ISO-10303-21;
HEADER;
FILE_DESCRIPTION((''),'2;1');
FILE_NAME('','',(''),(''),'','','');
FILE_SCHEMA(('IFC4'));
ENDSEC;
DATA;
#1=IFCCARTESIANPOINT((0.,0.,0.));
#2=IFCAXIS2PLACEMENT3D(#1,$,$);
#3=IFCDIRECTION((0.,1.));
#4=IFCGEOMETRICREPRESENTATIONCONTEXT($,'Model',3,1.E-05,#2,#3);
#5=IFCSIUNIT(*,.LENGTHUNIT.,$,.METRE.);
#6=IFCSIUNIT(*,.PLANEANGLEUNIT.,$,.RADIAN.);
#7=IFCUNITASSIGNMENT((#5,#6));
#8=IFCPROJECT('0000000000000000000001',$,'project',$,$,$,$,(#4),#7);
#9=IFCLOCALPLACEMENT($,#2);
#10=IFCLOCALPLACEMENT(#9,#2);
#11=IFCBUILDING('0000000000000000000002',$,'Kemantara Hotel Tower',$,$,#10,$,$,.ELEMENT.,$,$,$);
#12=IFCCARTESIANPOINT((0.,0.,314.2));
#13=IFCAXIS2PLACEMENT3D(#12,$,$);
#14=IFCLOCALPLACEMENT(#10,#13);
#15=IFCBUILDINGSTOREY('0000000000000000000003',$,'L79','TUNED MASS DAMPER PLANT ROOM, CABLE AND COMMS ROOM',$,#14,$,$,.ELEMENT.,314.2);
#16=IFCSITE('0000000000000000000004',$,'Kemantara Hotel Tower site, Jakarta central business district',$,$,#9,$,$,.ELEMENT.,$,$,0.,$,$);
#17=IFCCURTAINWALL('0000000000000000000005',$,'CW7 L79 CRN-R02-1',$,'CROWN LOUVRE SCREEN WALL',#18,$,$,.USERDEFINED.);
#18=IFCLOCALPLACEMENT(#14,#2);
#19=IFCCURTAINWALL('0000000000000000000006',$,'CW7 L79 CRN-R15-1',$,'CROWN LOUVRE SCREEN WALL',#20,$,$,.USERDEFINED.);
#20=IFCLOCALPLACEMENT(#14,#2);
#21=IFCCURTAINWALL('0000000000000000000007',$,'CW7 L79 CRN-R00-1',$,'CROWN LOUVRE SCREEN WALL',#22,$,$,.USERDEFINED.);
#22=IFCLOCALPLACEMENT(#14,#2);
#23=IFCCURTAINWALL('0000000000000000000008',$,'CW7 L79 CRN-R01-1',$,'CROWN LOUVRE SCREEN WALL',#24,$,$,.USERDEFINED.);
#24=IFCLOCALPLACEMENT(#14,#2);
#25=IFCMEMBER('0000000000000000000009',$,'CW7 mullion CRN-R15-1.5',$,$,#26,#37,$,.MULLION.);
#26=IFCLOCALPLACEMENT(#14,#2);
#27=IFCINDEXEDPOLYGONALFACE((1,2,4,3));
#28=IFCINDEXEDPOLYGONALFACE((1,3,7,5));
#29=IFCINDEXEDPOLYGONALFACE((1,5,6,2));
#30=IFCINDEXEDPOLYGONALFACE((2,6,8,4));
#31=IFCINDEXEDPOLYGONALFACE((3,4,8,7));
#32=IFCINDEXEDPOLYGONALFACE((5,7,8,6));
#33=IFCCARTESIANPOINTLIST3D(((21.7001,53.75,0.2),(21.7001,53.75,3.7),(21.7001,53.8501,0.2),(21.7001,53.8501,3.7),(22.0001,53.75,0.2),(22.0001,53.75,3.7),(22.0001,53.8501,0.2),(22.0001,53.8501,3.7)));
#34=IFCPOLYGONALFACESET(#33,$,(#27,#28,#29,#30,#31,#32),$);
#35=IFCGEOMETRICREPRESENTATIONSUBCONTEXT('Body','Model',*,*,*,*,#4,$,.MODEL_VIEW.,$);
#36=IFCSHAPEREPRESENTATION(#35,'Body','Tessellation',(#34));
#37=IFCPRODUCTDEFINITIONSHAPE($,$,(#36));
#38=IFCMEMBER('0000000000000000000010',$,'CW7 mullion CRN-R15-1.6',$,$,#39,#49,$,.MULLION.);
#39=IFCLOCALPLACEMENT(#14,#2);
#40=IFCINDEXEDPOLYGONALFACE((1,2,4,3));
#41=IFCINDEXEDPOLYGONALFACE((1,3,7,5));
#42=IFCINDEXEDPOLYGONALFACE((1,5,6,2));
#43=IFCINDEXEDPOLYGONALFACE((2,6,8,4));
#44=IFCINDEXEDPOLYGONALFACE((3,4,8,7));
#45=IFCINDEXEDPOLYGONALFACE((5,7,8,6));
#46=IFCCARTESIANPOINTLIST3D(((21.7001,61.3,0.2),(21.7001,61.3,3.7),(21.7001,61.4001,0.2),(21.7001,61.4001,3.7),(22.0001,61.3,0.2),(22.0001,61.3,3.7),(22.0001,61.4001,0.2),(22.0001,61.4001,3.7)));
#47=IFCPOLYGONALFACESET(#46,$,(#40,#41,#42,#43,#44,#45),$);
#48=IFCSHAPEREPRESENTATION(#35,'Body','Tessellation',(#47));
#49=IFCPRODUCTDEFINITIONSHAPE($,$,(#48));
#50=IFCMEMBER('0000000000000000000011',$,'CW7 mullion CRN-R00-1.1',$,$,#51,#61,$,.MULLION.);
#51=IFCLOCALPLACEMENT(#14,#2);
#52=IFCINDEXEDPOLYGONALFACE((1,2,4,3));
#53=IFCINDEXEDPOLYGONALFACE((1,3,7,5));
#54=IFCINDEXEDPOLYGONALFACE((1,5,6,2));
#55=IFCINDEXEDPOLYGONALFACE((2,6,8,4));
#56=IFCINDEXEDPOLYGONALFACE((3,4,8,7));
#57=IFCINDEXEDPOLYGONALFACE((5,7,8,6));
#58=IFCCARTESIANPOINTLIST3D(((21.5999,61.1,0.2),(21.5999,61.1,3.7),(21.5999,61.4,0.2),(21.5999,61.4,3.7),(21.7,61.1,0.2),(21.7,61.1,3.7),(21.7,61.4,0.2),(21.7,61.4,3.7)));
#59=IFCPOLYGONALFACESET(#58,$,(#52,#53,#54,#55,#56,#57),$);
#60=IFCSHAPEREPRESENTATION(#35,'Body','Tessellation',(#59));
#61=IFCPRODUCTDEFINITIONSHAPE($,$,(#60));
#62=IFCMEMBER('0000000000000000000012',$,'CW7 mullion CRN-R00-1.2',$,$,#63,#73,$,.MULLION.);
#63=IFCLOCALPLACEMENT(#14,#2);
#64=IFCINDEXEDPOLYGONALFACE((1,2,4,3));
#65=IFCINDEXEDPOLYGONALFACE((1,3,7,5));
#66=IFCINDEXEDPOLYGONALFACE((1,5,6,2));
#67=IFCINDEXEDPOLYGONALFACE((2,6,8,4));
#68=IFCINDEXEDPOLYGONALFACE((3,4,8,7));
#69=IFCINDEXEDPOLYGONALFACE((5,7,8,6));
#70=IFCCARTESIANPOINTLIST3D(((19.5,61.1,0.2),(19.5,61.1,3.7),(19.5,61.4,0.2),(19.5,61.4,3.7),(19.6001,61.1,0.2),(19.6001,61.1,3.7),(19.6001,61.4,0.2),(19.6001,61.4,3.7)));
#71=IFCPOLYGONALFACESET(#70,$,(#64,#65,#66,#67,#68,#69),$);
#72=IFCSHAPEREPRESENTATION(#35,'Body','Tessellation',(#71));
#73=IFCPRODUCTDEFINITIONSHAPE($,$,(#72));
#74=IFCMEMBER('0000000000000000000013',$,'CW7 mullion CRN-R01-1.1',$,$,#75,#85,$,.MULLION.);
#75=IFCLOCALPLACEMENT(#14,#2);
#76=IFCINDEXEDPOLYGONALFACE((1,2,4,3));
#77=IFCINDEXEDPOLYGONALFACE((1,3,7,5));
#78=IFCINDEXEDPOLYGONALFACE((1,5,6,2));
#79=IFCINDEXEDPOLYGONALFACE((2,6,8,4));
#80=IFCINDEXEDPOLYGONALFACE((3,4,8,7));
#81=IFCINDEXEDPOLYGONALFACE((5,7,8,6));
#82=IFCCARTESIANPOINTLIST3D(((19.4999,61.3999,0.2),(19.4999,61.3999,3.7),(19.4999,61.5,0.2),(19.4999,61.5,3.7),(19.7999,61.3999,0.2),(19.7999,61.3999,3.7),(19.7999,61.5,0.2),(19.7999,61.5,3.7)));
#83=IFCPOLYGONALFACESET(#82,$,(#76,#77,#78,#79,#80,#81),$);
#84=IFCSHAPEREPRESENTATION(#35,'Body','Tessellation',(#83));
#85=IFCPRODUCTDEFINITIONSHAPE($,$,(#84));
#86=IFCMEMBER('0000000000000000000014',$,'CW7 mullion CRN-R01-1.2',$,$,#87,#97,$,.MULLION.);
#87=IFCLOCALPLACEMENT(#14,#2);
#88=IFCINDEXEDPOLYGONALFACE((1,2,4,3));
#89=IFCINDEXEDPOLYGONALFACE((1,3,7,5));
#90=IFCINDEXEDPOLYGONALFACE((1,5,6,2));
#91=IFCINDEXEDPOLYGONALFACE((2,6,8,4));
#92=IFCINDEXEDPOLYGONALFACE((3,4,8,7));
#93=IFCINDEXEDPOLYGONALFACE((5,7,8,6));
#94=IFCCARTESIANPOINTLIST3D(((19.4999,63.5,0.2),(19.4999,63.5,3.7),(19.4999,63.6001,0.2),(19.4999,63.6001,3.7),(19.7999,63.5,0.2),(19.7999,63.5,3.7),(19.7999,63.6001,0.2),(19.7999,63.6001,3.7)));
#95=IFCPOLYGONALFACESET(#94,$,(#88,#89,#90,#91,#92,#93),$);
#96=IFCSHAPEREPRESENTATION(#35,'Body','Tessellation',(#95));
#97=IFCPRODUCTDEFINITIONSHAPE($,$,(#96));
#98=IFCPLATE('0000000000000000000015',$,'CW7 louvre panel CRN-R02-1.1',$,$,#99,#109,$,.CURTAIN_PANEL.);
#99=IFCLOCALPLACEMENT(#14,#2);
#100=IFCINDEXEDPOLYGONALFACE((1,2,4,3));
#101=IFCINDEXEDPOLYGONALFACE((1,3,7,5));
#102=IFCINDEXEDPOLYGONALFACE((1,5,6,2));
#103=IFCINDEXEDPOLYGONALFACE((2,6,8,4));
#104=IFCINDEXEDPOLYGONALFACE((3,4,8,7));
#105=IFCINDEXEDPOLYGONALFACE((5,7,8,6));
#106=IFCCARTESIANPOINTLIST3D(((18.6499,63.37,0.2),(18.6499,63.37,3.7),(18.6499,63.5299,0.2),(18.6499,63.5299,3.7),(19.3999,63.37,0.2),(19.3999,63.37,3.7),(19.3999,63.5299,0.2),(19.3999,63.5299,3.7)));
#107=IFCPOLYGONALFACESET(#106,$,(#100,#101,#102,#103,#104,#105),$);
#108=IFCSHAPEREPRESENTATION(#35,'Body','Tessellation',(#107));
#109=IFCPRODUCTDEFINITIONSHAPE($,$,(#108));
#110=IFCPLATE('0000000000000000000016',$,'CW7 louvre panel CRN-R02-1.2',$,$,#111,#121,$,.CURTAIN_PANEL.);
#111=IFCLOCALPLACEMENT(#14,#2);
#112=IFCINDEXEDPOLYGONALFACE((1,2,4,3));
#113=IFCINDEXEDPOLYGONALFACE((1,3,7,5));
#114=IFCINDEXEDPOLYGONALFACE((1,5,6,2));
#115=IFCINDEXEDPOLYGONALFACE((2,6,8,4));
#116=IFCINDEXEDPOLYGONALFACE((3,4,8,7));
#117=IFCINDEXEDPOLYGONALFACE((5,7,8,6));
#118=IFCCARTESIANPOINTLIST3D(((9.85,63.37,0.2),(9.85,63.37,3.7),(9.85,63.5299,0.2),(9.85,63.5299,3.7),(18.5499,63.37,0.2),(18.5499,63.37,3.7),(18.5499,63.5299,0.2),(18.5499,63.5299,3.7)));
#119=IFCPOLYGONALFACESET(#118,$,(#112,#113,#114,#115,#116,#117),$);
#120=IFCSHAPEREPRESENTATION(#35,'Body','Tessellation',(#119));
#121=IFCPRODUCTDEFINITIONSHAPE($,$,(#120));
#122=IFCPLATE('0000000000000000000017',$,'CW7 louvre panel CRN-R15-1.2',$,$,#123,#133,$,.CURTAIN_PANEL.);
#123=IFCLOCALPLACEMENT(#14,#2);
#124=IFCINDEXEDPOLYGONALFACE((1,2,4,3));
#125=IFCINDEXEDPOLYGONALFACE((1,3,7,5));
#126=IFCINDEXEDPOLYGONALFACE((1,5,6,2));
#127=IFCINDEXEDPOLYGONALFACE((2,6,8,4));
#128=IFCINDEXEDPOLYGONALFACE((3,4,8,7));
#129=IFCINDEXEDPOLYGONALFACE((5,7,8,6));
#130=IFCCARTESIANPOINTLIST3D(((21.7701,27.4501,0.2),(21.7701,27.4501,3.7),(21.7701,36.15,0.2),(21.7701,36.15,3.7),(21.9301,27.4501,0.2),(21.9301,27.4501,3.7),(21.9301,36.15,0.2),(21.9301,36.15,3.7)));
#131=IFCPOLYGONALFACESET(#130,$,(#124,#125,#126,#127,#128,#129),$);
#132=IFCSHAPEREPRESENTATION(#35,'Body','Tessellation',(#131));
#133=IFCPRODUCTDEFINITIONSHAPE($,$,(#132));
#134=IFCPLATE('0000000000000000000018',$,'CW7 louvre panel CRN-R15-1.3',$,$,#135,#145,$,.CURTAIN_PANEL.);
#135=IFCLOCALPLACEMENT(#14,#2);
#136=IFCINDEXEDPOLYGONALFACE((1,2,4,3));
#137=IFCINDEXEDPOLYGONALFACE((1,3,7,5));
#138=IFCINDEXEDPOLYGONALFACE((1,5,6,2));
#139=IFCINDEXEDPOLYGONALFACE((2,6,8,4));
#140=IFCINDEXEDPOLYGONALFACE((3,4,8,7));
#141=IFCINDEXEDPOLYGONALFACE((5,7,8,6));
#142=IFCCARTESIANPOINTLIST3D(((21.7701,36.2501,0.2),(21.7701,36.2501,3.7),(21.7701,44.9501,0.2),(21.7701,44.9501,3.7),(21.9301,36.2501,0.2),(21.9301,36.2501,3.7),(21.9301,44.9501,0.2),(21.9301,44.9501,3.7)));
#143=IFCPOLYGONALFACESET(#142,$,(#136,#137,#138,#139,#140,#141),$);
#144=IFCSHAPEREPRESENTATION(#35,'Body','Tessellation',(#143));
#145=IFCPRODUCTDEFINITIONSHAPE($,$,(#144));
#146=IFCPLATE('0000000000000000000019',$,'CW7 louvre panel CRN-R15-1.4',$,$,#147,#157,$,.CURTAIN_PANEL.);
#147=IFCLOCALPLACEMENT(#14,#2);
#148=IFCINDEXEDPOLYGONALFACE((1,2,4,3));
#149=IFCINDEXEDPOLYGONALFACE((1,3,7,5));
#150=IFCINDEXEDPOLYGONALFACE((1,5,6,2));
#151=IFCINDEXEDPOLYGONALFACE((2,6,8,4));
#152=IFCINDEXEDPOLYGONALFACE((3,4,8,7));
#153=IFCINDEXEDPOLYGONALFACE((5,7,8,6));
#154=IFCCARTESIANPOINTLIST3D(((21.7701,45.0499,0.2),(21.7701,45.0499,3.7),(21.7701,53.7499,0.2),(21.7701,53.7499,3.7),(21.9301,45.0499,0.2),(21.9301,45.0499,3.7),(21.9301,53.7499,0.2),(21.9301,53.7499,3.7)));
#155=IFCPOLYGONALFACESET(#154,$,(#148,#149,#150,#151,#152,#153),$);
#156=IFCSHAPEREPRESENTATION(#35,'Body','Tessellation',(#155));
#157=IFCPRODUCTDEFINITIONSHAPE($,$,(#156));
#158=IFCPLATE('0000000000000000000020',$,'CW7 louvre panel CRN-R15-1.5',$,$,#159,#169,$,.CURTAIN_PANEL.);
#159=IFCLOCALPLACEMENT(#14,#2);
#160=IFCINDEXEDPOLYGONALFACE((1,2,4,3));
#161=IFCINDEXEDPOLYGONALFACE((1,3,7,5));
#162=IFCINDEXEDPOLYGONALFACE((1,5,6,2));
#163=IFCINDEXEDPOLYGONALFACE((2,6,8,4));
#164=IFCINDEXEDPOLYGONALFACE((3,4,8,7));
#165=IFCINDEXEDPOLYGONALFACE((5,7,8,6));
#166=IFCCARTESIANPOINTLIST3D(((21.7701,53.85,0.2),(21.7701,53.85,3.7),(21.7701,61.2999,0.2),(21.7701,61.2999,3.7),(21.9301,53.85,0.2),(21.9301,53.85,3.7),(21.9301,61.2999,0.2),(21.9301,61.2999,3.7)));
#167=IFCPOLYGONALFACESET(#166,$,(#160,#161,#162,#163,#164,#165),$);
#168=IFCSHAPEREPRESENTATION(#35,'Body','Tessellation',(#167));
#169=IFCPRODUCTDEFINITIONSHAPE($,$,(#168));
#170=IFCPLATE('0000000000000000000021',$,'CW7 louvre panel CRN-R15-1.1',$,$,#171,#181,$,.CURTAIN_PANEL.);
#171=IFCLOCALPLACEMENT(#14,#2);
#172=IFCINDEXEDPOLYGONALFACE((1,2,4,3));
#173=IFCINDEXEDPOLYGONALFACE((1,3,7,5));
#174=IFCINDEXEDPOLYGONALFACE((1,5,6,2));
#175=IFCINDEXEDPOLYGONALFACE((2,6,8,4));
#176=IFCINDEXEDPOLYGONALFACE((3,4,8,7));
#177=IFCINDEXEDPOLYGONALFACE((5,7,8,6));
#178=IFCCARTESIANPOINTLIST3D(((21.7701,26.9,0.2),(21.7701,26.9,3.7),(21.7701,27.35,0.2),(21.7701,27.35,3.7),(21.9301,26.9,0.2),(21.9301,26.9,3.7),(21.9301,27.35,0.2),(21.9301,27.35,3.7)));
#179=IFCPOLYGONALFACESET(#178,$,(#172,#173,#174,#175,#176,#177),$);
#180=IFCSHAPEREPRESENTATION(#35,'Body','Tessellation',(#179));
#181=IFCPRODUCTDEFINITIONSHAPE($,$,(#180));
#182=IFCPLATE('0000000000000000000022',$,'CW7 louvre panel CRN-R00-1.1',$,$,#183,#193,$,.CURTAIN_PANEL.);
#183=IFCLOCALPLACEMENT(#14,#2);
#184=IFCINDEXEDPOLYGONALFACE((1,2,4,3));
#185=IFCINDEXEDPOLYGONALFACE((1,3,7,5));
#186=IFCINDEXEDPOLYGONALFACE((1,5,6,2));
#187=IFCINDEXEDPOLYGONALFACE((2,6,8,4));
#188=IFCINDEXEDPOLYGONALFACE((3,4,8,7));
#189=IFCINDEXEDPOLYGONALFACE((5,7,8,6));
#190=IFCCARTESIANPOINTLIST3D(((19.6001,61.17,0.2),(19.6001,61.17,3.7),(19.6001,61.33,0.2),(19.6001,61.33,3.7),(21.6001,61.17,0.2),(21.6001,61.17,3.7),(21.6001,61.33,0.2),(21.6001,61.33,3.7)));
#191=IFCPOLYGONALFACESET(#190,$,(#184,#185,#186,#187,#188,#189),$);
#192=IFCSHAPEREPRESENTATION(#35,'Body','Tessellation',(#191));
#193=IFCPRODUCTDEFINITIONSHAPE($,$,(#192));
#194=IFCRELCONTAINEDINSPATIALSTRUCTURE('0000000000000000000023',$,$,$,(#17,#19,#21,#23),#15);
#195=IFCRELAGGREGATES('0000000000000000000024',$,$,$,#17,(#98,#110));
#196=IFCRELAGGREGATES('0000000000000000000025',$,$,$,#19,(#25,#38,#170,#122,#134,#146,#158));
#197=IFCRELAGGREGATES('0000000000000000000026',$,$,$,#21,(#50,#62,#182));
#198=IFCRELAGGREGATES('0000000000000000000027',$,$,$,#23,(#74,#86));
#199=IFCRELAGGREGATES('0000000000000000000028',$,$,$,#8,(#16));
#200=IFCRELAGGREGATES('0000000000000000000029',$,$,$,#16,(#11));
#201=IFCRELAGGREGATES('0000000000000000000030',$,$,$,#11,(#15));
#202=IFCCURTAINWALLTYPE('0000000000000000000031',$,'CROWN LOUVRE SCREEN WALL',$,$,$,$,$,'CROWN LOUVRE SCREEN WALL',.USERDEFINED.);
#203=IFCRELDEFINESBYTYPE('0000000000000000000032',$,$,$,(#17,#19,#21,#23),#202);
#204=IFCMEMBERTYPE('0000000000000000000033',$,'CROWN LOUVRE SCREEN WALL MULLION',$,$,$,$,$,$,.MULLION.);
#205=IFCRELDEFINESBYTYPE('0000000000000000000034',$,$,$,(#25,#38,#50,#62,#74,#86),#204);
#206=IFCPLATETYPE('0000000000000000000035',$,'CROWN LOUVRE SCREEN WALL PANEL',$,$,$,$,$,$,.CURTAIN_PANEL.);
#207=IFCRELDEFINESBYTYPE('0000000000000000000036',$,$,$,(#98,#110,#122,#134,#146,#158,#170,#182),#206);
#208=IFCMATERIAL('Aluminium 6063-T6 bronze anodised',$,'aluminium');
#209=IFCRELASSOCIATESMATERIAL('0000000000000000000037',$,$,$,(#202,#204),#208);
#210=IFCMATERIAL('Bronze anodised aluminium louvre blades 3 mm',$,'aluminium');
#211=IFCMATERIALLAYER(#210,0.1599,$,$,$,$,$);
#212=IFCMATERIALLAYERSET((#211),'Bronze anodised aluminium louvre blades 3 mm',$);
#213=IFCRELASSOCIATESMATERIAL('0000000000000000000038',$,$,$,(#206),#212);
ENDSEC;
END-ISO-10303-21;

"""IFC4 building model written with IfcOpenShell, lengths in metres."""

from ifc_helpers import new_model, si_unit, direction, frame, origin, origin_2d, place, context, subcontext, project, spatial, rectangle, extrude, source, transform, mapped, material, layer, layer_set, material_profile, profile_set, type_object, element, aggregate, save


model = new_model("IFC4")

# Units and contexts
model_context = context("Model", 3, precision=1e-05, world=origin(), true_north=direction((0.0, 1.0)))
body_context = subcontext(model_context, "Body", "Model", "MODEL_VIEW")
ifc_project = project(units=[si_unit("LENGTHUNIT", "METRE"), si_unit("PLANEANGLEUNIT", "RADIAN")], contexts=[model_context])

# Site, building, storey
site_placement = place(None, origin())
site = spatial("IfcSite", under=ifc_project, at=site_placement, Name="Kemantara Hotel Tower site, Jakarta central business district", CompositionType="ELEMENT", RefElevation=0.0)
building_placement = place(site_placement, origin())
building = spatial("IfcBuilding", under=site, at=building_placement, Name="Kemantara Hotel Tower", CompositionType="ELEMENT")
storey_placement = place(building_placement, frame((0.0, 0.0, 314.2)))
storey = spatial("IfcBuildingStorey", under=building, at=storey_placement, Name="L79", Description="TUNED MASS DAMPER PLANT ROOM, CABLE AND COMMS ROOM", CompositionType="ELEMENT", Elevation=314.2)

# Curtain walls
ifc_material_1 = material(Name="Aluminium 6063-T6 bronze anodised", Category="aluminium")
curtain_wall_type = type_object("IfcCurtainWallType", Name="CROWN LOUVRE SCREEN WALL", ElementType="CROWN LOUVRE SCREEN WALL", PredefinedType="USERDEFINED", material=ifc_material_1)
curtain_wall_1_placement = place(storey_placement, origin())
curtain_wall_1 = element("IfcCurtainWall", 1, at=curtain_wall_1_placement, inside=storey, type_object=curtain_wall_type, Name="CW7 L79 CRN-R02-1", ObjectType="CROWN LOUVRE SCREEN WALL", PredefinedType="USERDEFINED")
curtain_wall_2_placement = place(storey_placement, origin())
curtain_wall_2 = element("IfcCurtainWall", 2, at=curtain_wall_2_placement, inside=storey, type_object=curtain_wall_type, Name="CW7 L79 CRN-R15-1", ObjectType="CROWN LOUVRE SCREEN WALL", PredefinedType="USERDEFINED")
curtain_wall_3_placement = place(storey_placement, origin())
curtain_wall_3 = element("IfcCurtainWall", 3, at=curtain_wall_3_placement, inside=storey, type_object=curtain_wall_type, Name="CW7 L79 CRN-R00-1", ObjectType="CROWN LOUVRE SCREEN WALL", PredefinedType="USERDEFINED")
curtain_wall_4_placement = place(storey_placement, origin())
curtain_wall_4 = element("IfcCurtainWall", 4, at=curtain_wall_4_placement, inside=storey, type_object=curtain_wall_type, Name="CW7 L79 CRN-R01-1", ObjectType="CROWN LOUVRE SCREEN WALL", PredefinedType="USERDEFINED")

# Members
ifc_material_profile_1 = material_profile(ifc_material_1, rectangle(XDim=0.3, YDim=0.1001, at=origin_2d()), Name="CROWN LOUVRE SCREEN WALL MULLION")
ifc_profile_set_1 = profile_set([ifc_material_profile_1], Name="Aluminium 6063-T6 bronze anodised")
member_type_1 = type_object("IfcMemberType", Name="CROWN LOUVRE SCREEN WALL MULLION", PredefinedType="MULLION", material=ifc_profile_set_1)
shared_shape_1 = source(origin(), body_context, "Body", "SweptSolid", [
    extrude(rectangle(XDim=0.3, YDim=0.1001, at=origin_2d()), origin(), (0.0, 0.0, 1.0), 3.5),
])
member_1_placement = place(storey_placement, frame((21.8501, 53.8, 0.2), z_axis=(0.0, 0.0, 1.0), x_axis=(-1.0, 0.0, 0.0)))
member_1 = element("IfcMember", 5, at=member_1_placement, type_object=member_type_1, Name="CW7 mullion CRN-R15-1.5", PredefinedType="MULLION", context=body_context, shape_type="MappedRepresentation", body=[
    mapped(shared_shape_1, transform((0.0, 0.0, 0.0))),
])
member_2_placement = place(storey_placement, frame((21.8501, 61.3501, 0.2), z_axis=(0.0, 0.0, 1.0), x_axis=(-1.0, 0.0, 0.0)))
member_2 = element("IfcMember", 6, at=member_2_placement, type_object=member_type_1, Name="CW7 mullion CRN-R15-1.6", PredefinedType="MULLION", context=body_context, shape_type="MappedRepresentation", body=[
    mapped(shared_shape_1, transform((0.0, 0.0, 0.0))),
])
member_3_placement = place(storey_placement, frame((21.6499, 61.25, 0.2), z_axis=(0.0, 0.0, 1.0), x_axis=(0.0, -1.0, 0.0)))
member_3 = element("IfcMember", 7, at=member_3_placement, type_object=member_type_1, Name="CW7 mullion CRN-R00-1.1", PredefinedType="MULLION", context=body_context, shape_type="MappedRepresentation", body=[
    mapped(shared_shape_1, transform((0.0, 0.0, 0.0))),
])
member_4_placement = place(storey_placement, frame((19.55, 61.25, 0.2), z_axis=(0.0, 0.0, 1.0), x_axis=(0.0, -1.0, 0.0)))
member_4 = element("IfcMember", 8, at=member_4_placement, type_object=member_type_1, Name="CW7 mullion CRN-R00-1.2", PredefinedType="MULLION", context=body_context, shape_type="MappedRepresentation", body=[
    mapped(shared_shape_1, transform((0.0, 0.0, 0.0))),
])
member_5_placement = place(storey_placement, frame((19.6499, 61.45, 0.2), z_axis=(0.0, 0.0, 1.0), x_axis=(-1.0, 0.0, 0.0)))
member_5 = element("IfcMember", 9, at=member_5_placement, type_object=member_type_1, Name="CW7 mullion CRN-R01-1.1", PredefinedType="MULLION", context=body_context, shape_type="MappedRepresentation", body=[
    mapped(shared_shape_1, transform((0.0, 0.0, 0.0))),
])
member_6_placement = place(storey_placement, frame((19.6499, 63.55, 0.2), z_axis=(0.0, 0.0, 1.0), x_axis=(-1.0, 0.0, 0.0)))
member_6 = element("IfcMember", 10, at=member_6_placement, type_object=member_type_1, Name="CW7 mullion CRN-R01-1.2", PredefinedType="MULLION", context=body_context, shape_type="MappedRepresentation", body=[
    mapped(shared_shape_1, transform((0.0, 0.0, 0.0))),
])

# Plates
ifc_material_2 = material(Name="Bronze anodised aluminium louvre blades 3 mm", Category="aluminium")
ifc_layer = layer(ifc_material_2, 0.1599)
ifc_layer_set = layer_set([ifc_layer], Name="Bronze anodised aluminium louvre blades 3 mm")
plate_type = type_object("IfcPlateType", Name="CROWN LOUVRE SCREEN WALL PANEL", PredefinedType="CURTAIN_PANEL", material=ifc_layer_set)
shared_shape_2 = source(origin(), body_context, "Body", "SweptSolid", [
    extrude(rectangle(XDim=0.75, YDim=0.1599, at=origin_2d()), origin(), (0.0, 0.0, 1.0), 3.5),
])
plate_1_placement = place(storey_placement, frame((19.0249, 63.45, 0.2), z_axis=(0.0, 0.0, 1.0), x_axis=(-1.0, 0.0, 0.0)))
plate_1 = element("IfcPlate", 11, at=plate_1_placement, type_object=plate_type, Name="CW7 louvre panel CRN-R02-1.1", PredefinedType="CURTAIN_PANEL", context=body_context, shape_type="MappedRepresentation", body=[
    mapped(shared_shape_2, transform((0.0, 0.0, 0.0))),
])
shared_shape_3 = source(origin(), body_context, "Body", "SweptSolid", [
    extrude(rectangle(XDim=8.7, YDim=0.1599, at=origin_2d()), origin(), (0.0, 0.0, 1.0), 3.5),
])
plate_2_placement = place(storey_placement, frame((14.2, 63.45, 0.2), z_axis=(0.0, 0.0, 1.0), x_axis=(-1.0, 0.0, 0.0)))
plate_2 = element("IfcPlate", 12, at=plate_2_placement, type_object=plate_type, Name="CW7 louvre panel CRN-R02-1.2", PredefinedType="CURTAIN_PANEL", context=body_context, shape_type="MappedRepresentation", body=[
    mapped(shared_shape_3, transform((0.0, 0.0, 0.0))),
])
aggregate(curtain_wall_1, [plate_1, plate_2])
plate_3_placement = place(storey_placement, frame((21.8501, 31.8, 0.2), z_axis=(0.0, 0.0, 1.0), x_axis=(0.0, 1.0, 0.0)))
plate_3 = element("IfcPlate", 13, at=plate_3_placement, type_object=plate_type, Name="CW7 louvre panel CRN-R15-1.2", PredefinedType="CURTAIN_PANEL", context=body_context, shape_type="MappedRepresentation", body=[
    mapped(shared_shape_3, transform((0.0, 0.0, 0.0))),
])
plate_4_placement = place(storey_placement, frame((21.8501, 40.6001, 0.2), z_axis=(0.0, 0.0, 1.0), x_axis=(0.0, 1.0, 0.0)))
plate_4 = element("IfcPlate", 14, at=plate_4_placement, type_object=plate_type, Name="CW7 louvre panel CRN-R15-1.3", PredefinedType="CURTAIN_PANEL", context=body_context, shape_type="MappedRepresentation", body=[
    mapped(shared_shape_3, transform((0.0, 0.0, 0.0))),
])
plate_5_placement = place(storey_placement, frame((21.8501, 49.3999, 0.2), z_axis=(0.0, 0.0, 1.0), x_axis=(0.0, 1.0, 0.0)))
plate_5 = element("IfcPlate", 15, at=plate_5_placement, type_object=plate_type, Name="CW7 louvre panel CRN-R15-1.4", PredefinedType="CURTAIN_PANEL", context=body_context, shape_type="MappedRepresentation", body=[
    mapped(shared_shape_3, transform((0.0, 0.0, 0.0))),
])
shared_shape_4 = source(origin(), body_context, "Body", "SweptSolid", [
    extrude(rectangle(XDim=7.45, YDim=0.1599, at=origin_2d()), origin(), (0.0, 0.0, 1.0), 3.5),
])
plate_6_placement = place(storey_placement, frame((21.8501, 57.575, 0.2), z_axis=(0.0, 0.0, 1.0), x_axis=(0.0, 1.0, 0.0)))
plate_6 = element("IfcPlate", 16, at=plate_6_placement, type_object=plate_type, Name="CW7 louvre panel CRN-R15-1.5", PredefinedType="CURTAIN_PANEL", context=body_context, shape_type="MappedRepresentation", body=[
    mapped(shared_shape_4, transform((0.0, 0.0, 0.0))),
])
shared_shape_5 = source(origin(), body_context, "Body", "SweptSolid", [
    extrude(rectangle(XDim=0.45, YDim=0.1599, at=origin_2d()), origin(), (0.0, 0.0, 1.0), 3.5),
])
plate_7_placement = place(storey_placement, frame((21.8501, 27.125, 0.2), z_axis=(0.0, 0.0, 1.0), x_axis=(0.0, 1.0, 0.0)))
plate_7 = element("IfcPlate", 17, at=plate_7_placement, type_object=plate_type, Name="CW7 louvre panel CRN-R15-1.1", PredefinedType="CURTAIN_PANEL", context=body_context, shape_type="MappedRepresentation", body=[
    mapped(shared_shape_5, transform((0.0, 0.0, 0.0))),
])
aggregate(curtain_wall_2, [member_1, member_2, plate_7, plate_3, plate_4, plate_5, plate_6])
shared_shape_6 = source(origin(), body_context, "Body", "SweptSolid", [
    extrude(rectangle(XDim=2.0, YDim=0.1599, at=origin_2d()), origin(), (0.0, 0.0, 1.0), 3.5),
])
plate_8_placement = place(storey_placement, frame((20.6001, 61.25, 0.2), z_axis=(0.0, 0.0, 1.0), x_axis=(-1.0, 0.0, 0.0)))
plate_8 = element("IfcPlate", 18, at=plate_8_placement, type_object=plate_type, Name="CW7 louvre panel CRN-R00-1.1", PredefinedType="CURTAIN_PANEL", context=body_context, shape_type="MappedRepresentation", body=[
    mapped(shared_shape_6, transform((0.0, 0.0, 0.0))),
])
aggregate(curtain_wall_3, [member_3, member_4, plate_8])
aggregate(curtain_wall_4, [member_5, member_6])

save(model, "model.ifc")
